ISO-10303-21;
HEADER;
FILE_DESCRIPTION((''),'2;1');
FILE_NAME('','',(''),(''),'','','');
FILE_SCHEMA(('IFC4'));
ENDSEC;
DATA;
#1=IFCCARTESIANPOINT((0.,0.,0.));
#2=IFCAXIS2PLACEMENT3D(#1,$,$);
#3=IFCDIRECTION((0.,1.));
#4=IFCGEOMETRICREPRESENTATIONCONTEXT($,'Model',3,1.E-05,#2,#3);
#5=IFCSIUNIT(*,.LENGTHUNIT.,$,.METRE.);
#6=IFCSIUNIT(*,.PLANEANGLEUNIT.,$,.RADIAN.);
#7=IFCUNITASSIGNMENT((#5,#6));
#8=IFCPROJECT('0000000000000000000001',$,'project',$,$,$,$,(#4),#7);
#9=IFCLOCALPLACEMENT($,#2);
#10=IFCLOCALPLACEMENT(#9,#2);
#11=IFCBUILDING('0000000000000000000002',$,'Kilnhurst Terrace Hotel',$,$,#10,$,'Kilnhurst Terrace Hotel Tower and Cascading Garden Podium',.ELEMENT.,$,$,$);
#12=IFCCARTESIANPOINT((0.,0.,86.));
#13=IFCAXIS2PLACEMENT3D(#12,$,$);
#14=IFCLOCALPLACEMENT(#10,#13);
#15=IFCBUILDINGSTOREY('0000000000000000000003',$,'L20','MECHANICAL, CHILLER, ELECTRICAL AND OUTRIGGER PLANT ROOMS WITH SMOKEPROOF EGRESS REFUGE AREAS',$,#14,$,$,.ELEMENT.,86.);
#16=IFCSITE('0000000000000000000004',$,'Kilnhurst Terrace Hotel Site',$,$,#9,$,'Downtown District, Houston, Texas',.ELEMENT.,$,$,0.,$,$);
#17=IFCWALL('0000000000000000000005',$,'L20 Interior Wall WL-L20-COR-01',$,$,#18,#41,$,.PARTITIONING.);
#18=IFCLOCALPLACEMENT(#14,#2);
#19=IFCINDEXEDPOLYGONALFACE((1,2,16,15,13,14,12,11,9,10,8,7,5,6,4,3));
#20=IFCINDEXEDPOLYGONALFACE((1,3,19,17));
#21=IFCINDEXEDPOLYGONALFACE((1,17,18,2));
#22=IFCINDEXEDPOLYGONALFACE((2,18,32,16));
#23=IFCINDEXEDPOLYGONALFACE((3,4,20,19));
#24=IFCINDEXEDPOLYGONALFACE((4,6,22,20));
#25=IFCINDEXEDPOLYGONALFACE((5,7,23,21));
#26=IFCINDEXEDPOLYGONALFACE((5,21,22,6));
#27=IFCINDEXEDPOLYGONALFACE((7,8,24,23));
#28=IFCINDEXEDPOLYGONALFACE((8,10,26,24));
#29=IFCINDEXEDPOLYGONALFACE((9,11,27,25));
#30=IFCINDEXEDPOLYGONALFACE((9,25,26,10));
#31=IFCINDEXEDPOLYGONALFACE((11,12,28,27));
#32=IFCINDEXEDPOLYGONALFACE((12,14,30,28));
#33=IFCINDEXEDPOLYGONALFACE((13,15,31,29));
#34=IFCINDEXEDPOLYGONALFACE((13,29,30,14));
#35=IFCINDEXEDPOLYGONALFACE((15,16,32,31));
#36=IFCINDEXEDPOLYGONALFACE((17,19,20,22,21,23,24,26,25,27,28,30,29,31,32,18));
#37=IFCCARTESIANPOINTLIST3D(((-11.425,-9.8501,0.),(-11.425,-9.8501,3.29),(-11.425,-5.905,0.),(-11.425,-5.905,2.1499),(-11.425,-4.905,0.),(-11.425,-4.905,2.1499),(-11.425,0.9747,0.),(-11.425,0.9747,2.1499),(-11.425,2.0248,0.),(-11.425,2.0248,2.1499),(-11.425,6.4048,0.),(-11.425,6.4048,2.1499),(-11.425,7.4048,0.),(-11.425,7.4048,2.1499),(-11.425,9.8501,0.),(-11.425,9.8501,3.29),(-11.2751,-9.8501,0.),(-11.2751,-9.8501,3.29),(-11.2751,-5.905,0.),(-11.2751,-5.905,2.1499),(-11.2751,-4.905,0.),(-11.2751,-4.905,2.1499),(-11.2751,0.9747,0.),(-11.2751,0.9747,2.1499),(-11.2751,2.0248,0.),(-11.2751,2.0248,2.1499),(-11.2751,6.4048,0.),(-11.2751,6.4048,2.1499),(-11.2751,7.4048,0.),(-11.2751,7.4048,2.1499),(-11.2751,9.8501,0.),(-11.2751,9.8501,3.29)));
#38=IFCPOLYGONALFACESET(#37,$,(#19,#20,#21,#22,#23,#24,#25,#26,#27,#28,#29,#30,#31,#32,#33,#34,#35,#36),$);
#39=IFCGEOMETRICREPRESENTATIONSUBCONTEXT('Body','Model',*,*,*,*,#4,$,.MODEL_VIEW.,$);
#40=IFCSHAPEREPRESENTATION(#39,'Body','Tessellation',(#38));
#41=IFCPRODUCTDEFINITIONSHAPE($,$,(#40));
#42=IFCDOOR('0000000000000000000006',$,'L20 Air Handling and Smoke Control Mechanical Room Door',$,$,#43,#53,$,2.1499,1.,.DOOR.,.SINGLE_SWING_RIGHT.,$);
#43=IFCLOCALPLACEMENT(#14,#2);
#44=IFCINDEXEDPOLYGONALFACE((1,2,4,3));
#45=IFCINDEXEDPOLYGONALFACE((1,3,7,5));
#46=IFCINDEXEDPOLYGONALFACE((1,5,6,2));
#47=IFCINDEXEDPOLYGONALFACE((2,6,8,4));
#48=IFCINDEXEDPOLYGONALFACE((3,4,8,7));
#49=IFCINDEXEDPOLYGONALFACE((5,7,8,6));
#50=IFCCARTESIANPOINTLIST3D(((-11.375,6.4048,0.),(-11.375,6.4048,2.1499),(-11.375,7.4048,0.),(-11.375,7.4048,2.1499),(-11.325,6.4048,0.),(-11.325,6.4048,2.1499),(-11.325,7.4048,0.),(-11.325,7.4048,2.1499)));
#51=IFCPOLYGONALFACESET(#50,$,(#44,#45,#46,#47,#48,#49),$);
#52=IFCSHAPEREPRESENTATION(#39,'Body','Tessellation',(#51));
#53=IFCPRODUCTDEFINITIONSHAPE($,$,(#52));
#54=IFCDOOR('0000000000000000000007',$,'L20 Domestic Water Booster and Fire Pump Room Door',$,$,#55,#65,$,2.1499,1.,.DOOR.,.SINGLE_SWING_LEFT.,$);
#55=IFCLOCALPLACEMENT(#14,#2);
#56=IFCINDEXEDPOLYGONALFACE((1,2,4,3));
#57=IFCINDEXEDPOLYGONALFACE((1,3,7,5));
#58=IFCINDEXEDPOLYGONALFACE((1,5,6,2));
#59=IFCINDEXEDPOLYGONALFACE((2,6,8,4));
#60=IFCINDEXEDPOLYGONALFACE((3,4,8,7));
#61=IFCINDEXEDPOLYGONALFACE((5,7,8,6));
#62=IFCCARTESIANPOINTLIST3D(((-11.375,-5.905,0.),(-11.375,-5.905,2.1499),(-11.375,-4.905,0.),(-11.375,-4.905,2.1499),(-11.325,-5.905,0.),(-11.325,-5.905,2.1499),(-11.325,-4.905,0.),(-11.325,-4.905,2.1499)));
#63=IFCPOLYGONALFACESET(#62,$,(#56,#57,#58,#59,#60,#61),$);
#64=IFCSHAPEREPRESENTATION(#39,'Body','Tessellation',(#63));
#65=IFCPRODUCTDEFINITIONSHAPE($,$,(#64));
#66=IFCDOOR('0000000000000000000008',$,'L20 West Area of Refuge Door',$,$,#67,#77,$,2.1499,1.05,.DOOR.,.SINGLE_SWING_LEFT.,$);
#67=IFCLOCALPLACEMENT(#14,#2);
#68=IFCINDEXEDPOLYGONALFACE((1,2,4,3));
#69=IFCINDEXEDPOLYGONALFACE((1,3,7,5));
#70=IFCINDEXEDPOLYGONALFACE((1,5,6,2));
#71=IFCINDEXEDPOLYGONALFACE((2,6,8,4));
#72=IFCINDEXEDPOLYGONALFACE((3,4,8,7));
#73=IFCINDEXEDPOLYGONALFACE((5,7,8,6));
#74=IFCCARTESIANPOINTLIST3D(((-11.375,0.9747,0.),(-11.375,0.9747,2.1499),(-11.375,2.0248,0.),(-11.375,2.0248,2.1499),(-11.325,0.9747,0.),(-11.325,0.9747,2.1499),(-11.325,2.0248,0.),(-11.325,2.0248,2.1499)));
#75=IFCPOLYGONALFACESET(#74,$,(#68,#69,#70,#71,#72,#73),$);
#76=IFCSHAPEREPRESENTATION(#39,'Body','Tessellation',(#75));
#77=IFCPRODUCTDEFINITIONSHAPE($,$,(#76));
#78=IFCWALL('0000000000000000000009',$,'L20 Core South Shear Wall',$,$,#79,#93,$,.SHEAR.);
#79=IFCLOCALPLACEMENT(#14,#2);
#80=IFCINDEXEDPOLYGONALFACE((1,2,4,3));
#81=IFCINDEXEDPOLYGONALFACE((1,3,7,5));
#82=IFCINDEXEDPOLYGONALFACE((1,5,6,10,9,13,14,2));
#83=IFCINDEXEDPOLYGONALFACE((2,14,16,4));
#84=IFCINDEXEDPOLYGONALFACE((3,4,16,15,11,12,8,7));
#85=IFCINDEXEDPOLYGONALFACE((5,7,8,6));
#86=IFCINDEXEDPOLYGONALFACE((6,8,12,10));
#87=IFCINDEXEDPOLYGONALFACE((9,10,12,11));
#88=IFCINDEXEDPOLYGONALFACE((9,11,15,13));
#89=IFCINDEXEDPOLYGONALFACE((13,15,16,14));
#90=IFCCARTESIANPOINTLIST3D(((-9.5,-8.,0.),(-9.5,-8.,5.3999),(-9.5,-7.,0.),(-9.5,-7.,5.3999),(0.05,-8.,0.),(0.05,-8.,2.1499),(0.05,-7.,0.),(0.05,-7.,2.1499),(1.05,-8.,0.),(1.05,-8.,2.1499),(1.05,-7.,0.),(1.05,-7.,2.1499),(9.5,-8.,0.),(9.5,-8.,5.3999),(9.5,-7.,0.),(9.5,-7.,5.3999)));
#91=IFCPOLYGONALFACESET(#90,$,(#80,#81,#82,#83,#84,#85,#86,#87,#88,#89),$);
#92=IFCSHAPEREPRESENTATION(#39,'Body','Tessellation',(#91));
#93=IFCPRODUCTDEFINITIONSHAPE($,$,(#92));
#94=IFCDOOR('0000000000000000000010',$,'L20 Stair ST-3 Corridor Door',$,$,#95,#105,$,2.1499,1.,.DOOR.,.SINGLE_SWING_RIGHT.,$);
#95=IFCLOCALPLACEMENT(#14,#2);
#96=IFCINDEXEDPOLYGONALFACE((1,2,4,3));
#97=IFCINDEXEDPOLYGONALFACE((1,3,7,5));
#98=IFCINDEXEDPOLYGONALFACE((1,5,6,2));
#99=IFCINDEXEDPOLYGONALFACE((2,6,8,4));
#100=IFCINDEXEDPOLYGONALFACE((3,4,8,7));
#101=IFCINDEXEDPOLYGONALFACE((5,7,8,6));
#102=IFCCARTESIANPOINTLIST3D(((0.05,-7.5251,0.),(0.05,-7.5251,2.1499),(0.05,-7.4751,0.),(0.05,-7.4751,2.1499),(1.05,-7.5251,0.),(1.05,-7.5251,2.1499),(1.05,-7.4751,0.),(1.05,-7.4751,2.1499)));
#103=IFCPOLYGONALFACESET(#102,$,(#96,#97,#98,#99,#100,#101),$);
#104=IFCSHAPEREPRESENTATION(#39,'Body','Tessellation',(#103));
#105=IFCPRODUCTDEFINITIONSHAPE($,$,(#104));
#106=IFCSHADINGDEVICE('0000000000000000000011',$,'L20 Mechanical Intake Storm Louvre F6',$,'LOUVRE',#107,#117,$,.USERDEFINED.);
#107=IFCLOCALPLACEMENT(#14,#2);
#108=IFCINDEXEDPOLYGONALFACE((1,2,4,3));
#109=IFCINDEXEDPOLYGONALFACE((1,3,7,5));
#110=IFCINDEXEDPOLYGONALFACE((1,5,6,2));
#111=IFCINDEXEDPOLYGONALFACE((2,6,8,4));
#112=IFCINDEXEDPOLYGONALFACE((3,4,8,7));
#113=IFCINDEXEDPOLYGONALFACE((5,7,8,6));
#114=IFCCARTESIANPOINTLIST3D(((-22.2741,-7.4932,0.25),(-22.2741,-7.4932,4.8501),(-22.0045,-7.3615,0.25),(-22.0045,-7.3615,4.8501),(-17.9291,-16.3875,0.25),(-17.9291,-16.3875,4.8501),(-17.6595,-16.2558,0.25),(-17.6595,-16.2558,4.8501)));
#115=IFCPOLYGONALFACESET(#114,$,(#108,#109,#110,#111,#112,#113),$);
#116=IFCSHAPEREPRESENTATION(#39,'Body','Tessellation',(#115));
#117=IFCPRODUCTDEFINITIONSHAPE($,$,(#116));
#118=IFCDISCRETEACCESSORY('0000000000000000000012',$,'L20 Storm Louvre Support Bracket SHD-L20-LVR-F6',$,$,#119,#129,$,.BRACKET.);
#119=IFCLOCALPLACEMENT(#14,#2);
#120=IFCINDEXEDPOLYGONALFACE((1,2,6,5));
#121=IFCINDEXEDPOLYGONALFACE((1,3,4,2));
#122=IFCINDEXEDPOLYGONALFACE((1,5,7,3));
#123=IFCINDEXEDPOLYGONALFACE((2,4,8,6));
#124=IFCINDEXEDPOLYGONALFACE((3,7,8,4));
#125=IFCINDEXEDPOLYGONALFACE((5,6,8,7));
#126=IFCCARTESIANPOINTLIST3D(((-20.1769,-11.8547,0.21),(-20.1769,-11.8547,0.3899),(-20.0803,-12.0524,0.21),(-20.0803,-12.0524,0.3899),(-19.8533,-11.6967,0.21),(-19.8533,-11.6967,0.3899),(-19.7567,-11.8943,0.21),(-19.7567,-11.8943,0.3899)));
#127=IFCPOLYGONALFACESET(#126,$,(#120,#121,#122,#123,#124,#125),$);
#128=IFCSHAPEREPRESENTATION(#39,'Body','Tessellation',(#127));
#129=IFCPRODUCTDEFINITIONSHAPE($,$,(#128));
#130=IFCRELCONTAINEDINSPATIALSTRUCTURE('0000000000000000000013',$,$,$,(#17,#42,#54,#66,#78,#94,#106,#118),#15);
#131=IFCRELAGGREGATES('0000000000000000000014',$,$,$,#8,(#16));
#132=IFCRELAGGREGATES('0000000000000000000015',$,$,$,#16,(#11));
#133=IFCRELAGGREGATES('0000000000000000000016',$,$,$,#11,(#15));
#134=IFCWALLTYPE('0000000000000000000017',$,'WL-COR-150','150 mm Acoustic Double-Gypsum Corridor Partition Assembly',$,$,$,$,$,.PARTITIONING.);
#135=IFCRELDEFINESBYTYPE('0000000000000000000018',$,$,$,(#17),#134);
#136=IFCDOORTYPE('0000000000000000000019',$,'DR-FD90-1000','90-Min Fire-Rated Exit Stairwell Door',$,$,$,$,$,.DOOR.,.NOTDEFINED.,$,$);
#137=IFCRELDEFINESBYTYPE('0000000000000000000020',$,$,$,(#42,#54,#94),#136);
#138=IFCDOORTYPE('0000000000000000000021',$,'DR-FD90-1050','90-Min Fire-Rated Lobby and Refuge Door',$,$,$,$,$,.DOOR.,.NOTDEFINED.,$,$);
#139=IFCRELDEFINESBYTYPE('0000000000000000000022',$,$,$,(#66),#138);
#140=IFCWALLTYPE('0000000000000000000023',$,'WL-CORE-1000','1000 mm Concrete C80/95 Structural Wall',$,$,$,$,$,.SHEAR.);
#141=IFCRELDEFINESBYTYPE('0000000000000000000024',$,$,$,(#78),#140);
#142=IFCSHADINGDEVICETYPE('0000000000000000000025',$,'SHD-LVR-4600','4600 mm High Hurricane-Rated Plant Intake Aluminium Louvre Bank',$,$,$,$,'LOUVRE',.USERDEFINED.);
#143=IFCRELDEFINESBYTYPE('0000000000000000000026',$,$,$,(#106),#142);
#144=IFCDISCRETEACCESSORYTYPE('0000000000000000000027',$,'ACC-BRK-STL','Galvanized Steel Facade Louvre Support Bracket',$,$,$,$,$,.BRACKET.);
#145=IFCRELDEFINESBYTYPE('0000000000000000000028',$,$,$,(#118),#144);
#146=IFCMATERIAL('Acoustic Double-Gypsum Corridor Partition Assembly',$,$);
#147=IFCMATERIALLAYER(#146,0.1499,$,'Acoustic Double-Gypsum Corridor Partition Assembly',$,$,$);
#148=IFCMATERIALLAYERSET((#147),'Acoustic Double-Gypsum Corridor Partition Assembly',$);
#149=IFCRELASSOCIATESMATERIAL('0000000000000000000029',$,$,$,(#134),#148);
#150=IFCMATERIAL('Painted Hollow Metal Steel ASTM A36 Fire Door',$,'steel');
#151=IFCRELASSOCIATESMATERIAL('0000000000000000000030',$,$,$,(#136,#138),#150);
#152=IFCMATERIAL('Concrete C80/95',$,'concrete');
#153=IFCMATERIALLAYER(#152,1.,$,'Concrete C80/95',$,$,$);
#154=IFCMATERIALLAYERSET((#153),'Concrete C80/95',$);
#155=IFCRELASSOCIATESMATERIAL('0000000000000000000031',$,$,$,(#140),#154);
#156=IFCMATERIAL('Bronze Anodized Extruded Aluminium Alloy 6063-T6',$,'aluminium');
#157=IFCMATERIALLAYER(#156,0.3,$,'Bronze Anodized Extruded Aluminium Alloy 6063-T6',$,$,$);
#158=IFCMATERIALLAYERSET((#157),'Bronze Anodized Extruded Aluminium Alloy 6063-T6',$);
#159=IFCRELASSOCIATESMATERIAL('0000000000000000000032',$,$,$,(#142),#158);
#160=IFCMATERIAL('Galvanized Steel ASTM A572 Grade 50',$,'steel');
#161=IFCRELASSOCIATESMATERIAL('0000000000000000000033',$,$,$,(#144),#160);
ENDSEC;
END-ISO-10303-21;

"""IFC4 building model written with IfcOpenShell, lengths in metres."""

from ifc_helpers import new_model, si_unit, direction, frame, frame_2d, origin, origin_2d, place, context, subcontext, project, spatial, rectangle, extrude, material, layer, layer_set, type_object, element, fill, save


model = new_model("IFC4")

# Units and contexts
model_context = context("Model", 3, precision=1e-05, world=origin(), true_north=direction((0.0, 1.0)))
body_context = subcontext(model_context, "Body", "Model", "MODEL_VIEW")
ifc_project = project(units=[si_unit("LENGTHUNIT", "METRE"), si_unit("PLANEANGLEUNIT", "RADIAN")], contexts=[model_context])

# Site, building, storey
site_placement = place(None, origin())
site = spatial("IfcSite", under=ifc_project, at=site_placement, Name="Kilnhurst Terrace Hotel Site", LongName="Downtown District, Houston, Texas", CompositionType="ELEMENT", RefElevation=0.0)
building_placement = place(site_placement, origin())
building = spatial("IfcBuilding", under=site, at=building_placement, Name="Kilnhurst Terrace Hotel", LongName="Kilnhurst Terrace Hotel Tower and Cascading Garden Podium", CompositionType="ELEMENT")
storey_placement = place(building_placement, frame((0.0, 0.0, 86.0)))
storey = spatial("IfcBuildingStorey", under=building, at=storey_placement, Name="L20", Description="MECHANICAL, CHILLER, ELECTRICAL AND OUTRIGGER PLANT ROOMS WITH SMOKEPROOF EGRESS REFUGE AREAS", CompositionType="ELEMENT", Elevation=86.0)

# Shared definitions
ifc_material_1 = material(Name="Concrete C80/95", Category="concrete")

# Wall, openings, doors
ifc_material_2 = material(Name="Acoustic Double-Gypsum Corridor Partition Assembly")
ifc_layer_1 = layer(ifc_material_2, 0.1499, Name="Acoustic Double-Gypsum Corridor Partition Assembly")
ifc_layer_set_1 = layer_set([ifc_layer_1], Name="Acoustic Double-Gypsum Corridor Partition Assembly")
wall_type_1 = type_object("IfcWallType", Name="WL-COR-150", Description="150 mm Acoustic Double-Gypsum Corridor Partition Assembly", PredefinedType="PARTITIONING", material=ifc_layer_set_1)
wall_1_placement = place(storey_placement, frame((-11.3501, -9.8501, 0.0), z_axis=(0.0, 0.0, 1.0), x_axis=(0.0, 1.0, 0.0)))
wall_1 = element("IfcWall", 1, at=wall_1_placement, inside=storey, type_object=wall_type_1, Name="L20 Interior Wall WL-L20-COR-01", PredefinedType="PARTITIONING", context=body_context, shape_type="SweptSolid", body=[
    extrude(rectangle(XDim=19.7002, YDim=0.1499, at=frame_2d((9.8501, 0.0))), origin(), (0.0, 0.0, 1.0), 3.29),
])
opening_1_placement = place(wall_1_placement, frame((10.825, 0.0, 0.0)))
opening_1 = element("IfcOpeningElement", 2, at=opening_1_placement, cuts=wall_1, PredefinedType="OPENING", context=body_context, shape_type="SweptSolid", body=[
    extrude(rectangle(XDim=1.05, YDim=2.1499, at=frame_2d((0.5249, 1.075))), frame((0.0, 0.085, 0.0), z_axis=(0.0, -1.0, 0.0), x_axis=(1.0, 0.0, 0.0)), (0.0, 0.0, 1.0), 0.1699),
])
opening_2_placement = place(wall_1_placement, frame((16.2549, 0.0, 0.0)))
opening_2 = element("IfcOpeningElement", 3, at=opening_2_placement, cuts=wall_1, PredefinedType="OPENING", context=body_context, shape_type="SweptSolid", body=[
    extrude(rectangle(XDim=1.0, YDim=2.1499, at=frame_2d((0.5, 1.075))), frame((0.0, 0.085, 0.0), z_axis=(0.0, -1.0, 0.0), x_axis=(1.0, 0.0, 0.0)), (0.0, 0.0, 1.0), 0.1699),
])
opening_3_placement = place(wall_1_placement, frame((3.9451, 0.0, 0.0)))
opening_3 = element("IfcOpeningElement", 4, at=opening_3_placement, cuts=wall_1, PredefinedType="OPENING", context=body_context, shape_type="SweptSolid", body=[
    extrude(rectangle(XDim=1.0, YDim=2.1499, at=frame_2d((0.5, 1.075))), frame((0.0, 0.085, 0.0), z_axis=(0.0, -1.0, 0.0), x_axis=(1.0, 0.0, 0.0)), (0.0, 0.0, 1.0), 0.1699),
])
ifc_material_3 = material(Name="Painted Hollow Metal Steel ASTM A36 Fire Door", Category="steel")
door_type_1 = type_object("IfcDoorType", Name="DR-FD90-1000", Description="90-Min Fire-Rated Exit Stairwell Door", OperationType="NOTDEFINED", PredefinedType="DOOR", material=ifc_material_3)
door_1_placement = place(opening_2_placement, origin())
door_1 = element("IfcDoor", 5, at=door_1_placement, inside=storey, type_object=door_type_1, Name="L20 Air Handling and Smoke Control Mechanical Room Door", OperationType="SINGLE_SWING_RIGHT", OverallHeight=2.1499, OverallWidth=1.0, PredefinedType="DOOR", context=body_context, shape_type="SweptSolid", body=[
    extrude(rectangle(XDim=1.0, YDim=2.1499, at=frame_2d((0.5, 1.075))), frame((0.0, 0.0249, 0.0), z_axis=(0.0, -1.0, 0.0), x_axis=(1.0, 0.0, 0.0)), (0.0, 0.0, 1.0), 0.05),
])
fill(opening_2, door_1)
door_2_placement = place(opening_3_placement, origin())
door_2 = element("IfcDoor", 6, at=door_2_placement, inside=storey, type_object=door_type_1, Name="L20 Domestic Water Booster and Fire Pump Room Door", OperationType="SINGLE_SWING_LEFT", OverallHeight=2.1499, OverallWidth=1.0, PredefinedType="DOOR", context=body_context, shape_type="SweptSolid", body=[
    extrude(rectangle(XDim=1.0, YDim=2.1499, at=frame_2d((0.5, 1.075))), frame((0.0, 0.0249, 0.0), z_axis=(0.0, -1.0, 0.0), x_axis=(1.0, 0.0, 0.0)), (0.0, 0.0, 1.0), 0.05),
])
fill(opening_3, door_2)
door_type_2 = type_object("IfcDoorType", Name="DR-FD90-1050", Description="90-Min Fire-Rated Lobby and Refuge Door", OperationType="NOTDEFINED", PredefinedType="DOOR", material=ifc_material_3)
door_3_placement = place(opening_1_placement, origin())
door_3 = element("IfcDoor", 7, at=door_3_placement, inside=storey, type_object=door_type_2, Name="L20 West Area of Refuge Door", OperationType="SINGLE_SWING_LEFT", OverallHeight=2.1499, OverallWidth=1.05, PredefinedType="DOOR", context=body_context, shape_type="SweptSolid", body=[
    extrude(rectangle(XDim=1.05, YDim=2.1499, at=frame_2d((0.5249, 1.075))), frame((0.0, 0.0249, 0.0), z_axis=(0.0, -1.0, 0.0), x_axis=(1.0, 0.0, 0.0)), (0.0, 0.0, 1.0), 0.05),
])
fill(opening_1, door_3)

# Wall, opening, door
ifc_layer_2 = layer(ifc_material_1, 1.0, Name="Concrete C80/95")
ifc_layer_set_2 = layer_set([ifc_layer_2], Name="Concrete C80/95")
wall_type_2 = type_object("IfcWallType", Name="WL-CORE-1000", Description="1000 mm Concrete C80/95 Structural Wall", PredefinedType="SHEAR", material=ifc_layer_set_2)
wall_2_placement = place(storey_placement, frame((-9.5, -7.5, 0.0), z_axis=(0.0, 0.0, 1.0), x_axis=(1.0, 0.0, 0.0)))
wall_2 = element("IfcWall", 8, at=wall_2_placement, inside=storey, type_object=wall_type_2, Name="L20 Core South Shear Wall", PredefinedType="SHEAR", context=body_context, shape_type="SweptSolid", body=[
    extrude(rectangle(XDim=19.0, YDim=1.0, at=frame_2d((9.5, 0.0))), origin(), (0.0, 0.0, 1.0), 5.3999),
])
opening_4_placement = place(wall_2_placement, frame((9.55, 0.0, 0.0)))
opening_4 = element("IfcOpeningElement", 9, at=opening_4_placement, cuts=wall_2, PredefinedType="OPENING", context=body_context, shape_type="SweptSolid", body=[
    extrude(rectangle(XDim=1.0, YDim=2.1499, at=frame_2d((0.5, 1.075))), frame((0.0, 0.51, 0.0), z_axis=(0.0, -1.0, 0.0), x_axis=(1.0, 0.0, 0.0)), (0.0, 0.0, 1.0), 1.02),
])
door_4_placement = place(opening_4_placement, origin())
door_4 = element("IfcDoor", 10, at=door_4_placement, inside=storey, type_object=door_type_1, Name="L20 Stair ST-3 Corridor Door", OperationType="SINGLE_SWING_RIGHT", OverallHeight=2.1499, OverallWidth=1.0, PredefinedType="DOOR", context=body_context, shape_type="SweptSolid", body=[
    extrude(rectangle(XDim=1.0, YDim=2.1499, at=frame_2d((0.5, 1.075))), frame((0.0, 0.0249, 0.0), z_axis=(0.0, -1.0, 0.0), x_axis=(1.0, 0.0, 0.0)), (0.0, 0.0, 1.0), 0.05),
])
fill(opening_4, door_4)

# Shading device
ifc_material_4 = material(Name="Bronze Anodized Extruded Aluminium Alloy 6063-T6", Category="aluminium")
ifc_layer_3 = layer(ifc_material_4, 0.3, Name="Bronze Anodized Extruded Aluminium Alloy 6063-T6")
ifc_layer_set_3 = layer_set([ifc_layer_3], Name="Bronze Anodized Extruded Aluminium Alloy 6063-T6")
shading_device_type = type_object("IfcShadingDeviceType", Name="SHD-LVR-4600", Description="4600 mm High Hurricane-Rated Plant Intake Aluminium Louvre Bank", ElementType="LOUVRE", PredefinedType="USERDEFINED", material=ifc_layer_set_3)
shading_device_placement = place(storey_placement, frame((-19.9668, -11.8745, 0.25), z_axis=(0.0, 0.0, 1.0), x_axis=(0.438936, -0.898518, 0.0)))
element("IfcShadingDevice", 11, at=shading_device_placement, inside=storey, type_object=shading_device_type, Name="L20 Mechanical Intake Storm Louvre F6", ObjectType="LOUVRE", PredefinedType="USERDEFINED", context=body_context, shape_type="SweptSolid", body=[
    extrude(rectangle(XDim=9.8989, YDim=0.3, at=origin_2d()), origin(), (0.0, 0.0, 1.0), 4.6001),
])

# Discrete accessory
ifc_material_5 = material(Name="Galvanized Steel ASTM A572 Grade 50", Category="steel")
discrete_accessory_type = type_object("IfcDiscreteAccessoryType", Name="ACC-BRK-STL", Description="Galvanized Steel Facade Louvre Support Bracket", PredefinedType="BRACKET", material=ifc_material_5)
discrete_accessory_placement = place(storey_placement, frame((-19.9668, -11.8745, 0.21), z_axis=(0.0, 0.0, 1.0), x_axis=(0.438936, -0.898518, 0.0)))
element("IfcDiscreteAccessory", 12, at=discrete_accessory_placement, inside=storey, type_object=discrete_accessory_type, Name="L20 Storm Louvre Support Bracket SHD-L20-LVR-F6", PredefinedType="BRACKET", context=body_context, shape_type="SweptSolid", body=[
    extrude(rectangle(XDim=0.22, YDim=0.3601, at=origin_2d()), origin(), (0.0, 0.0, 1.0), 0.1799),
])

save(model, "model.ifc")
